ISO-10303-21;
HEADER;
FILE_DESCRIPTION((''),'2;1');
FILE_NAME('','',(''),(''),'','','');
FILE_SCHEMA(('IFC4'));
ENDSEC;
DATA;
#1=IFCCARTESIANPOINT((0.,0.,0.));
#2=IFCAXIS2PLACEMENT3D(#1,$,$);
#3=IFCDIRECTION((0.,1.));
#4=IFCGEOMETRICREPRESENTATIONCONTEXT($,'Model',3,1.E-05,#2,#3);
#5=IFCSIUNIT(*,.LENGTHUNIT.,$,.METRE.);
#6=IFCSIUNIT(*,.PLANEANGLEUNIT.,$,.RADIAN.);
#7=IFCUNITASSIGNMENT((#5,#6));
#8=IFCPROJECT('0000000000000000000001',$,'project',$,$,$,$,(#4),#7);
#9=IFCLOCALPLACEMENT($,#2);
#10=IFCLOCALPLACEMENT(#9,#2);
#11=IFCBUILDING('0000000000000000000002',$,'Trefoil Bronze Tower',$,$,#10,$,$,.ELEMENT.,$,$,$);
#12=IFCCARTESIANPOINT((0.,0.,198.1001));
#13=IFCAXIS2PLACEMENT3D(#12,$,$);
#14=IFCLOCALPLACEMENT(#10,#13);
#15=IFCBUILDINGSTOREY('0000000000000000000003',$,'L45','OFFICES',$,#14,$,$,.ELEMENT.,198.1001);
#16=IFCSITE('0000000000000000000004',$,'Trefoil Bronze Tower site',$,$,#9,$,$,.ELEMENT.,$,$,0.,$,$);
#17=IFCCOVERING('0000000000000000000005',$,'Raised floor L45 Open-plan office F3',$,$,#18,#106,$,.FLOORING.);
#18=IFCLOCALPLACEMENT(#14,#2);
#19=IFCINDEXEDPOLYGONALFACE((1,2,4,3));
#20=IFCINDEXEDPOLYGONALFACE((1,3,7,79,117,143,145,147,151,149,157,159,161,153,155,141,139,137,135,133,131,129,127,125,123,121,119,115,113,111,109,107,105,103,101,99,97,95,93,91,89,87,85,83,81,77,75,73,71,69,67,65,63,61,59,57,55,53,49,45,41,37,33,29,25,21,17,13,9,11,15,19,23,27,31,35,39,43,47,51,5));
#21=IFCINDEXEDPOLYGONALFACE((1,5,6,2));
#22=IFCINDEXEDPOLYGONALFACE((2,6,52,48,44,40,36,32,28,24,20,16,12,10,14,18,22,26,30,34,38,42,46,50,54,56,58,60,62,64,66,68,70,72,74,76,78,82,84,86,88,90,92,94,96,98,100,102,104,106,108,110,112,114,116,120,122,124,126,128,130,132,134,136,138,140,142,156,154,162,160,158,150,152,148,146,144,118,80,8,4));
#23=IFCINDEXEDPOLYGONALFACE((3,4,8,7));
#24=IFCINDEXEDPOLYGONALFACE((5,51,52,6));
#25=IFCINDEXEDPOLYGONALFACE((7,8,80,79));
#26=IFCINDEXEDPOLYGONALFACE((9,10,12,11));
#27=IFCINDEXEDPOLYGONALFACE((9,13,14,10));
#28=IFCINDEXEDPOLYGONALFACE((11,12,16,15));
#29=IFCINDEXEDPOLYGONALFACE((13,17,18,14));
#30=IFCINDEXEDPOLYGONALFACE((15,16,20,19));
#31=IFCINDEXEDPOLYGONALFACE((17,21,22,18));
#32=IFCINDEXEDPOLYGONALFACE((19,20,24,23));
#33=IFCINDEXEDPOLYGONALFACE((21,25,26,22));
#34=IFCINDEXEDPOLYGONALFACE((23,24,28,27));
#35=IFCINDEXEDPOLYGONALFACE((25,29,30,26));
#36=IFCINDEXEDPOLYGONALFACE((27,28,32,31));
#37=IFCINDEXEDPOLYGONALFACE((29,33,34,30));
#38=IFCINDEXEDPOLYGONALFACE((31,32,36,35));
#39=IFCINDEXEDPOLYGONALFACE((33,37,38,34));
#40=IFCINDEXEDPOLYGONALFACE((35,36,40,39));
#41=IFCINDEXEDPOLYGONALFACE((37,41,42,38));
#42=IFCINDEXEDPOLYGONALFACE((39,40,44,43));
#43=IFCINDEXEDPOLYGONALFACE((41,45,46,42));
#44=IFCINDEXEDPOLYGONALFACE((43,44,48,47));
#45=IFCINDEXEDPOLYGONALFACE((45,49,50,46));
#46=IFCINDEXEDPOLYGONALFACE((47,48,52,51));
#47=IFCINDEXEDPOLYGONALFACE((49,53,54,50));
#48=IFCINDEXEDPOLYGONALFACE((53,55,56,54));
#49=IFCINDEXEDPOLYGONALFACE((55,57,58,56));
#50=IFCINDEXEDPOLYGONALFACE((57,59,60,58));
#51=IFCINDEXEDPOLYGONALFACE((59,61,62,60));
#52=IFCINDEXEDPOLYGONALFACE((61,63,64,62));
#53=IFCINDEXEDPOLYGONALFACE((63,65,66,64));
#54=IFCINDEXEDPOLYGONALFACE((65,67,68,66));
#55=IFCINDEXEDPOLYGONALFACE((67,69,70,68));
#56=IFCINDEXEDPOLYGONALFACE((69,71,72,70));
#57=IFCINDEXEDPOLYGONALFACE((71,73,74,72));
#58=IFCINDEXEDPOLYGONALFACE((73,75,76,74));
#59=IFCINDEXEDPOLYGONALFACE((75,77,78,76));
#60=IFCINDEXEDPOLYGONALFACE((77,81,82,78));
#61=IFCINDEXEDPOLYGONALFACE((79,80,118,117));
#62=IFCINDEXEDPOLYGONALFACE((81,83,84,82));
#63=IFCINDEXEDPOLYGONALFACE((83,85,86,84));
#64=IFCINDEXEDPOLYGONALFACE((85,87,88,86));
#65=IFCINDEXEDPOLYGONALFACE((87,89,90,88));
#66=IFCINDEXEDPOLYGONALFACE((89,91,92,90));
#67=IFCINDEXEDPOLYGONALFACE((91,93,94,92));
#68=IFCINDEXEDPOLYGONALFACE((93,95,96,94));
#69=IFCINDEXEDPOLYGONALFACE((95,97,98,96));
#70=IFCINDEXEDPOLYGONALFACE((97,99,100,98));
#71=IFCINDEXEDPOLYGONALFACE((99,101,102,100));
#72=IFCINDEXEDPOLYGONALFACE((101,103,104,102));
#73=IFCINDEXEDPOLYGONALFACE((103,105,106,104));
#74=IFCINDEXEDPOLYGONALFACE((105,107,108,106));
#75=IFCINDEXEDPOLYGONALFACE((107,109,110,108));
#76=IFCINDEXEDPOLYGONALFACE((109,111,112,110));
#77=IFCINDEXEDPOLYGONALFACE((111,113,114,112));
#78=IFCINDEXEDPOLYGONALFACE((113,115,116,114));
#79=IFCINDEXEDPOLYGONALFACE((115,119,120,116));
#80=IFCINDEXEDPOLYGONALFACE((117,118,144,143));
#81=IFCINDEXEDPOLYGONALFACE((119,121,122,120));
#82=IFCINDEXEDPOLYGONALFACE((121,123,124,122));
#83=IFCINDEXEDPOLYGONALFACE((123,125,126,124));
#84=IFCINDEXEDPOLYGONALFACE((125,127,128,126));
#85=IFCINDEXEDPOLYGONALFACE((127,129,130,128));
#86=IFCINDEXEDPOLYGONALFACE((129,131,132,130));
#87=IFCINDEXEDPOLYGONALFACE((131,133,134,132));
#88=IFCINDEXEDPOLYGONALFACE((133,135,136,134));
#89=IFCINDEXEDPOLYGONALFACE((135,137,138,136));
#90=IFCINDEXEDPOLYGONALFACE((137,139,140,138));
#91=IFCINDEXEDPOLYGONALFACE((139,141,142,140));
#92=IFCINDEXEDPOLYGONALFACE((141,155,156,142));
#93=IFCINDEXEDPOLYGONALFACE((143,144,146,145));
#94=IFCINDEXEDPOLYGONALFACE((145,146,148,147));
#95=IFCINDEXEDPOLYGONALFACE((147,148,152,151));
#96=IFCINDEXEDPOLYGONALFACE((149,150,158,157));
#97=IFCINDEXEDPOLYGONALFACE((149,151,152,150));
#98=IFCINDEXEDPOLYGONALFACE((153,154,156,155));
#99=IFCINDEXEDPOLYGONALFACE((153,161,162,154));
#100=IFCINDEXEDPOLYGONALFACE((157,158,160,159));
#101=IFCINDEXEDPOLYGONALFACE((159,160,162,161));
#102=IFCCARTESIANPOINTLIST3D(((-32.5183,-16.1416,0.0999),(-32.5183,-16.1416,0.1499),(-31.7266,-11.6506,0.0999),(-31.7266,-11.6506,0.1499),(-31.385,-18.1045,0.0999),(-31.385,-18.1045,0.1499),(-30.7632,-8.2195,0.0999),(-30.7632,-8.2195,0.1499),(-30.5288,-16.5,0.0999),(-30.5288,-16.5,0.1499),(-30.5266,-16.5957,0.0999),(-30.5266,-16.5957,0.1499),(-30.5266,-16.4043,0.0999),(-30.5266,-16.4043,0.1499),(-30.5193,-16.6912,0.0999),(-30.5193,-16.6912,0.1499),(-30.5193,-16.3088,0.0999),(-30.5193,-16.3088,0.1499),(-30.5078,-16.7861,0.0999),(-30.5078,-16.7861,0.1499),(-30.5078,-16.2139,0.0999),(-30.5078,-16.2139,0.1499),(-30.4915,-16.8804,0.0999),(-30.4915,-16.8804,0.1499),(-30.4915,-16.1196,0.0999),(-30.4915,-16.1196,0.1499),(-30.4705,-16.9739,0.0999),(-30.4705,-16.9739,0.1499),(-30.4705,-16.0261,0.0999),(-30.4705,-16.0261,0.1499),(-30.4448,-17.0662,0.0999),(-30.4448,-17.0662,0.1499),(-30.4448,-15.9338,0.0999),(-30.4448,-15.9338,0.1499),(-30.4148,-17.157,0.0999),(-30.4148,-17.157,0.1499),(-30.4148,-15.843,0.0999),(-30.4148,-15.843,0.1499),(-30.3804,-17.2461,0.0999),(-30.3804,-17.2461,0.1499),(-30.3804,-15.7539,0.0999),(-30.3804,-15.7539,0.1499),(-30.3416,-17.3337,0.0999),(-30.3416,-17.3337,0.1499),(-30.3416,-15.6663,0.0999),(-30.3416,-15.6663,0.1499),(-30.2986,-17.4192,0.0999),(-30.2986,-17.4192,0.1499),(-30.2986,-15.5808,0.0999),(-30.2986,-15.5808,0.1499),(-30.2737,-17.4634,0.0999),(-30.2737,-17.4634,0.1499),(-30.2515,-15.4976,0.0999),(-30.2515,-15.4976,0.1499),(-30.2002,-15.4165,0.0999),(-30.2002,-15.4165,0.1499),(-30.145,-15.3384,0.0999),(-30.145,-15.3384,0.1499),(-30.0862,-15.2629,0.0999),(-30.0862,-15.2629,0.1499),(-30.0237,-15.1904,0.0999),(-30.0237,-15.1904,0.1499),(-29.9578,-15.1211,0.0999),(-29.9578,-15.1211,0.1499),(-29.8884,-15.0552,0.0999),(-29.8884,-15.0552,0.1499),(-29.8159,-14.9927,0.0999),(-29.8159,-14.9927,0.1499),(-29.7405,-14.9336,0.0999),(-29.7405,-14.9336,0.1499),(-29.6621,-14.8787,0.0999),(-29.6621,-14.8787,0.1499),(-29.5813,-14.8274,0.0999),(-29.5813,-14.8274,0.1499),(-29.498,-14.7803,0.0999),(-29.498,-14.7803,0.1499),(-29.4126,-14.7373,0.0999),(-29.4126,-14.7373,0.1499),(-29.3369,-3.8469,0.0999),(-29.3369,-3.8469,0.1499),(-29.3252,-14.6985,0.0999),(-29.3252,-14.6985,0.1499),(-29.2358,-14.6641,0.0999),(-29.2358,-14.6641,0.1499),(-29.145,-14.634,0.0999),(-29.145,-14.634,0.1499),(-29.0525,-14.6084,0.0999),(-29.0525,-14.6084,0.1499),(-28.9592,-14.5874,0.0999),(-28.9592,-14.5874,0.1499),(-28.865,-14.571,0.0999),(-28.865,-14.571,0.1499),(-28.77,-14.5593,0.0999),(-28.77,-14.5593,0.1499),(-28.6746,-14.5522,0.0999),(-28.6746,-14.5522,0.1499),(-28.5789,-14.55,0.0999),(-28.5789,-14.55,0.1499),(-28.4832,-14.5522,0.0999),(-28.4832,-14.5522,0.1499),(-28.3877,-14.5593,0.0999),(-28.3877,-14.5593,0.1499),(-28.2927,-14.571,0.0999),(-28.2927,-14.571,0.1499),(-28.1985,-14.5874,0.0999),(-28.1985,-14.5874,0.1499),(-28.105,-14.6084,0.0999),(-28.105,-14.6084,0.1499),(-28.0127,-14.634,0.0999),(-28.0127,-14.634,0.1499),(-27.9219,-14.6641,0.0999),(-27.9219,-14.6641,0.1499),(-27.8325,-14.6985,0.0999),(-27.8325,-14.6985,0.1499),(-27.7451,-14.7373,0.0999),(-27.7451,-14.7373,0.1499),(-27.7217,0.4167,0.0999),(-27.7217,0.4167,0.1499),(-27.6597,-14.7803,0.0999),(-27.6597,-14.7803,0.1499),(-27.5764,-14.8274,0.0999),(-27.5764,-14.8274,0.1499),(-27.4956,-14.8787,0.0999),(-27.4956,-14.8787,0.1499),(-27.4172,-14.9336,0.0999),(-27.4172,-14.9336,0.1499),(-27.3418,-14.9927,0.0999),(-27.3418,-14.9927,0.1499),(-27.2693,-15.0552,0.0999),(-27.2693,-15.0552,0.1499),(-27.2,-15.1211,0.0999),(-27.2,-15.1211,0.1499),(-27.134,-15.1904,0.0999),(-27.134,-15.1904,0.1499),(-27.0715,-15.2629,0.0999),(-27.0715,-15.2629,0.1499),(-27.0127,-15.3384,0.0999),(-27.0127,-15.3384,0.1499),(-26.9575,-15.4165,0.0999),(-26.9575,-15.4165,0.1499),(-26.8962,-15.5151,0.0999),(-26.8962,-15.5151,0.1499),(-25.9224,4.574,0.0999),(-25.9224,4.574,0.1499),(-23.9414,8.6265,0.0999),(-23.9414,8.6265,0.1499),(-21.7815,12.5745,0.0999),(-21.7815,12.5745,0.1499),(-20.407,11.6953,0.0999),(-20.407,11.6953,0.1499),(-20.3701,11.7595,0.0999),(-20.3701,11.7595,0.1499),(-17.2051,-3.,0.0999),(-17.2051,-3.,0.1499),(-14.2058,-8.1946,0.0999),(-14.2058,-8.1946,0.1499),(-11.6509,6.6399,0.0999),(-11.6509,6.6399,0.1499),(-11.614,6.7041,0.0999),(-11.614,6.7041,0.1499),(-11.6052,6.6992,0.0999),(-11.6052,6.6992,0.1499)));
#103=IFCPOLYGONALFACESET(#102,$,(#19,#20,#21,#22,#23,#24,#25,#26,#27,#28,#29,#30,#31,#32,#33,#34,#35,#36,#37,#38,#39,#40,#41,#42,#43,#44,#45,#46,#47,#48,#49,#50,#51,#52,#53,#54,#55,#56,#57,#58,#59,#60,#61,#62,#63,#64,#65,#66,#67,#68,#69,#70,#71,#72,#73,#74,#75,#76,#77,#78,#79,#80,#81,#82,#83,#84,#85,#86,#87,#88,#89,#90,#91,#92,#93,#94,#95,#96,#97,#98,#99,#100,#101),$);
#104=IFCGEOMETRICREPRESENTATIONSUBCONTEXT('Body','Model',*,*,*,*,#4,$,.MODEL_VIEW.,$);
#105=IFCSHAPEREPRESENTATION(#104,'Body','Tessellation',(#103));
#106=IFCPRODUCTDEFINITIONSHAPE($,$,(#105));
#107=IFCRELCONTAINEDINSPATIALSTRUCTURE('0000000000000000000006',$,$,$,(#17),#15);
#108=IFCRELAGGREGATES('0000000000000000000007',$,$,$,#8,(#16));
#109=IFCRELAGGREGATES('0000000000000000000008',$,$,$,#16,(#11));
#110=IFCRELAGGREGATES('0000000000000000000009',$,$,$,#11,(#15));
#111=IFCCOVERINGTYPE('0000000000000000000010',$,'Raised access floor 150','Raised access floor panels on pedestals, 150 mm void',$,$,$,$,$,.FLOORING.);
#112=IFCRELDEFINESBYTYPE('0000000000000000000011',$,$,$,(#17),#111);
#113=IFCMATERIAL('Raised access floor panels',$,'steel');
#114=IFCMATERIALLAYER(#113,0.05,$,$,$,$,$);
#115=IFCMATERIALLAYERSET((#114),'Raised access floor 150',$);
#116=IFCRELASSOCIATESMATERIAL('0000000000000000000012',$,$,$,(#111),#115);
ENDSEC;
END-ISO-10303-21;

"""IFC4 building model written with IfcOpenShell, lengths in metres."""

from ifc_helpers import new_model, si_unit, direction, frame, origin, place, context, subcontext, project, spatial, polyline, outline, extrude, material, layer, layer_set, type_object, element, save


model = new_model("IFC4")

# Units and contexts
model_context = context("Model", 3, precision=1e-05, world=origin(), true_north=direction((0.0, 1.0)))
body_context = subcontext(model_context, "Body", "Model", "MODEL_VIEW")
ifc_project = project(units=[si_unit("LENGTHUNIT", "METRE"), si_unit("PLANEANGLEUNIT", "RADIAN")], contexts=[model_context])

# Site, building, storey
site_placement = place(None, origin())
site = spatial("IfcSite", under=ifc_project, at=site_placement, Name="Trefoil Bronze Tower site", CompositionType="ELEMENT", RefElevation=0.0)
building_placement = place(site_placement, origin())
building = spatial("IfcBuilding", under=site, at=building_placement, Name="Trefoil Bronze Tower", CompositionType="ELEMENT")
storey_placement = place(building_placement, frame((0.0, 0.0, 198.1001)))
storey = spatial("IfcBuildingStorey", under=building, at=storey_placement, Name="L45", Description="OFFICES", CompositionType="ELEMENT", Elevation=198.1001)

# Covering
ifc_material_1 = material(Name="Raised access floor panels", Category="steel")
ifc_layer_1 = layer(ifc_material_1, 0.05)
ifc_layer_set_1 = layer_set([ifc_layer_1], Name="Raised access floor 150")
covering_type_1 = type_object("IfcCoveringType", Name="Raised access floor 150", Description="Raised access floor panels on pedestals, 150 mm void", PredefinedType="FLOORING", material=ifc_layer_set_1)
covering_1_placement = place(storey_placement, frame((0.0, 0.0, 0.0999)))
element("IfcCovering", 1, at=covering_1_placement, inside=storey, type_object=covering_type_1, Name="Raised floor L45 Open-plan office F3", PredefinedType="FLOORING", context=body_context, shape_type="SweptSolid", body=[
    extrude(outline(polyline([(-25.9224, 4.574), (-23.9414, 8.6265), (-21.7815, 12.5745), (-20.3701, 11.7595), (-20.407, 11.6953), (-11.6509, 6.6399), (-11.614, 6.7041), (-11.6052, 6.6992), (-17.2051, -3.0), (-14.2058, -8.1946), (-26.8962, -15.5151), (-26.9575, -15.4165), (-27.0127, -15.3384), (-27.0715, -15.2629), (-27.134, -15.1904), (-27.2, -15.1211), (-27.2693, -15.0552), (-27.3418, -14.9927), (-27.4172, -14.9336), (-27.4956, -14.8787), (-27.5764, -14.8274), (-27.6597, -14.7803), (-27.7451, -14.7373), (-27.8325, -14.6985), (-27.9219, -14.6641), (-28.0127, -14.634), (-28.105, -14.6084), (-28.1985, -14.5874), (-28.2927, -14.571), (-28.3877, -14.5593), (-28.4832, -14.5522), (-28.5789, -14.55), (-28.6746, -14.5522), (-28.77, -14.5593), (-28.865, -14.571), (-28.9592, -14.5874), (-29.0525, -14.6084), (-29.145, -14.634), (-29.2358, -14.6641), (-29.3252, -14.6985), (-29.4126, -14.7373), (-29.498, -14.7803), (-29.5813, -14.8274), (-29.6621, -14.8787), (-29.7405, -14.9336), (-29.8159, -14.9927), (-29.8884, -15.0552), (-29.9578, -15.1211), (-30.0237, -15.1904), (-30.0862, -15.2629), (-30.145, -15.3384), (-30.2002, -15.4165), (-30.2515, -15.4976), (-30.2986, -15.5808), (-30.3416, -15.6663), (-30.3804, -15.7539), (-30.4148, -15.843), (-30.4448, -15.9338), (-30.4705, -16.0261), (-30.4915, -16.1196), (-30.5078, -16.2139), (-30.5193, -16.3088), (-30.5266, -16.4043), (-30.5288, -16.5), (-30.5266, -16.5957), (-30.5193, -16.6912), (-30.5078, -16.7861), (-30.4915, -16.8804), (-30.4705, -16.9739), (-30.4448, -17.0662), (-30.4148, -17.157), (-30.3804, -17.2461), (-30.3416, -17.3337), (-30.2986, -17.4192), (-30.2737, -17.4634), (-31.385, -18.1045), (-32.5183, -16.1416), (-31.7266, -11.6506), (-30.7632, -8.2195), (-29.3369, -3.8469), (-27.7217, 0.4167), (-25.9224, 4.574)])), origin(), (0.0, 0.0, 1.0), 0.05),
])

save(model, "model.ifc")
